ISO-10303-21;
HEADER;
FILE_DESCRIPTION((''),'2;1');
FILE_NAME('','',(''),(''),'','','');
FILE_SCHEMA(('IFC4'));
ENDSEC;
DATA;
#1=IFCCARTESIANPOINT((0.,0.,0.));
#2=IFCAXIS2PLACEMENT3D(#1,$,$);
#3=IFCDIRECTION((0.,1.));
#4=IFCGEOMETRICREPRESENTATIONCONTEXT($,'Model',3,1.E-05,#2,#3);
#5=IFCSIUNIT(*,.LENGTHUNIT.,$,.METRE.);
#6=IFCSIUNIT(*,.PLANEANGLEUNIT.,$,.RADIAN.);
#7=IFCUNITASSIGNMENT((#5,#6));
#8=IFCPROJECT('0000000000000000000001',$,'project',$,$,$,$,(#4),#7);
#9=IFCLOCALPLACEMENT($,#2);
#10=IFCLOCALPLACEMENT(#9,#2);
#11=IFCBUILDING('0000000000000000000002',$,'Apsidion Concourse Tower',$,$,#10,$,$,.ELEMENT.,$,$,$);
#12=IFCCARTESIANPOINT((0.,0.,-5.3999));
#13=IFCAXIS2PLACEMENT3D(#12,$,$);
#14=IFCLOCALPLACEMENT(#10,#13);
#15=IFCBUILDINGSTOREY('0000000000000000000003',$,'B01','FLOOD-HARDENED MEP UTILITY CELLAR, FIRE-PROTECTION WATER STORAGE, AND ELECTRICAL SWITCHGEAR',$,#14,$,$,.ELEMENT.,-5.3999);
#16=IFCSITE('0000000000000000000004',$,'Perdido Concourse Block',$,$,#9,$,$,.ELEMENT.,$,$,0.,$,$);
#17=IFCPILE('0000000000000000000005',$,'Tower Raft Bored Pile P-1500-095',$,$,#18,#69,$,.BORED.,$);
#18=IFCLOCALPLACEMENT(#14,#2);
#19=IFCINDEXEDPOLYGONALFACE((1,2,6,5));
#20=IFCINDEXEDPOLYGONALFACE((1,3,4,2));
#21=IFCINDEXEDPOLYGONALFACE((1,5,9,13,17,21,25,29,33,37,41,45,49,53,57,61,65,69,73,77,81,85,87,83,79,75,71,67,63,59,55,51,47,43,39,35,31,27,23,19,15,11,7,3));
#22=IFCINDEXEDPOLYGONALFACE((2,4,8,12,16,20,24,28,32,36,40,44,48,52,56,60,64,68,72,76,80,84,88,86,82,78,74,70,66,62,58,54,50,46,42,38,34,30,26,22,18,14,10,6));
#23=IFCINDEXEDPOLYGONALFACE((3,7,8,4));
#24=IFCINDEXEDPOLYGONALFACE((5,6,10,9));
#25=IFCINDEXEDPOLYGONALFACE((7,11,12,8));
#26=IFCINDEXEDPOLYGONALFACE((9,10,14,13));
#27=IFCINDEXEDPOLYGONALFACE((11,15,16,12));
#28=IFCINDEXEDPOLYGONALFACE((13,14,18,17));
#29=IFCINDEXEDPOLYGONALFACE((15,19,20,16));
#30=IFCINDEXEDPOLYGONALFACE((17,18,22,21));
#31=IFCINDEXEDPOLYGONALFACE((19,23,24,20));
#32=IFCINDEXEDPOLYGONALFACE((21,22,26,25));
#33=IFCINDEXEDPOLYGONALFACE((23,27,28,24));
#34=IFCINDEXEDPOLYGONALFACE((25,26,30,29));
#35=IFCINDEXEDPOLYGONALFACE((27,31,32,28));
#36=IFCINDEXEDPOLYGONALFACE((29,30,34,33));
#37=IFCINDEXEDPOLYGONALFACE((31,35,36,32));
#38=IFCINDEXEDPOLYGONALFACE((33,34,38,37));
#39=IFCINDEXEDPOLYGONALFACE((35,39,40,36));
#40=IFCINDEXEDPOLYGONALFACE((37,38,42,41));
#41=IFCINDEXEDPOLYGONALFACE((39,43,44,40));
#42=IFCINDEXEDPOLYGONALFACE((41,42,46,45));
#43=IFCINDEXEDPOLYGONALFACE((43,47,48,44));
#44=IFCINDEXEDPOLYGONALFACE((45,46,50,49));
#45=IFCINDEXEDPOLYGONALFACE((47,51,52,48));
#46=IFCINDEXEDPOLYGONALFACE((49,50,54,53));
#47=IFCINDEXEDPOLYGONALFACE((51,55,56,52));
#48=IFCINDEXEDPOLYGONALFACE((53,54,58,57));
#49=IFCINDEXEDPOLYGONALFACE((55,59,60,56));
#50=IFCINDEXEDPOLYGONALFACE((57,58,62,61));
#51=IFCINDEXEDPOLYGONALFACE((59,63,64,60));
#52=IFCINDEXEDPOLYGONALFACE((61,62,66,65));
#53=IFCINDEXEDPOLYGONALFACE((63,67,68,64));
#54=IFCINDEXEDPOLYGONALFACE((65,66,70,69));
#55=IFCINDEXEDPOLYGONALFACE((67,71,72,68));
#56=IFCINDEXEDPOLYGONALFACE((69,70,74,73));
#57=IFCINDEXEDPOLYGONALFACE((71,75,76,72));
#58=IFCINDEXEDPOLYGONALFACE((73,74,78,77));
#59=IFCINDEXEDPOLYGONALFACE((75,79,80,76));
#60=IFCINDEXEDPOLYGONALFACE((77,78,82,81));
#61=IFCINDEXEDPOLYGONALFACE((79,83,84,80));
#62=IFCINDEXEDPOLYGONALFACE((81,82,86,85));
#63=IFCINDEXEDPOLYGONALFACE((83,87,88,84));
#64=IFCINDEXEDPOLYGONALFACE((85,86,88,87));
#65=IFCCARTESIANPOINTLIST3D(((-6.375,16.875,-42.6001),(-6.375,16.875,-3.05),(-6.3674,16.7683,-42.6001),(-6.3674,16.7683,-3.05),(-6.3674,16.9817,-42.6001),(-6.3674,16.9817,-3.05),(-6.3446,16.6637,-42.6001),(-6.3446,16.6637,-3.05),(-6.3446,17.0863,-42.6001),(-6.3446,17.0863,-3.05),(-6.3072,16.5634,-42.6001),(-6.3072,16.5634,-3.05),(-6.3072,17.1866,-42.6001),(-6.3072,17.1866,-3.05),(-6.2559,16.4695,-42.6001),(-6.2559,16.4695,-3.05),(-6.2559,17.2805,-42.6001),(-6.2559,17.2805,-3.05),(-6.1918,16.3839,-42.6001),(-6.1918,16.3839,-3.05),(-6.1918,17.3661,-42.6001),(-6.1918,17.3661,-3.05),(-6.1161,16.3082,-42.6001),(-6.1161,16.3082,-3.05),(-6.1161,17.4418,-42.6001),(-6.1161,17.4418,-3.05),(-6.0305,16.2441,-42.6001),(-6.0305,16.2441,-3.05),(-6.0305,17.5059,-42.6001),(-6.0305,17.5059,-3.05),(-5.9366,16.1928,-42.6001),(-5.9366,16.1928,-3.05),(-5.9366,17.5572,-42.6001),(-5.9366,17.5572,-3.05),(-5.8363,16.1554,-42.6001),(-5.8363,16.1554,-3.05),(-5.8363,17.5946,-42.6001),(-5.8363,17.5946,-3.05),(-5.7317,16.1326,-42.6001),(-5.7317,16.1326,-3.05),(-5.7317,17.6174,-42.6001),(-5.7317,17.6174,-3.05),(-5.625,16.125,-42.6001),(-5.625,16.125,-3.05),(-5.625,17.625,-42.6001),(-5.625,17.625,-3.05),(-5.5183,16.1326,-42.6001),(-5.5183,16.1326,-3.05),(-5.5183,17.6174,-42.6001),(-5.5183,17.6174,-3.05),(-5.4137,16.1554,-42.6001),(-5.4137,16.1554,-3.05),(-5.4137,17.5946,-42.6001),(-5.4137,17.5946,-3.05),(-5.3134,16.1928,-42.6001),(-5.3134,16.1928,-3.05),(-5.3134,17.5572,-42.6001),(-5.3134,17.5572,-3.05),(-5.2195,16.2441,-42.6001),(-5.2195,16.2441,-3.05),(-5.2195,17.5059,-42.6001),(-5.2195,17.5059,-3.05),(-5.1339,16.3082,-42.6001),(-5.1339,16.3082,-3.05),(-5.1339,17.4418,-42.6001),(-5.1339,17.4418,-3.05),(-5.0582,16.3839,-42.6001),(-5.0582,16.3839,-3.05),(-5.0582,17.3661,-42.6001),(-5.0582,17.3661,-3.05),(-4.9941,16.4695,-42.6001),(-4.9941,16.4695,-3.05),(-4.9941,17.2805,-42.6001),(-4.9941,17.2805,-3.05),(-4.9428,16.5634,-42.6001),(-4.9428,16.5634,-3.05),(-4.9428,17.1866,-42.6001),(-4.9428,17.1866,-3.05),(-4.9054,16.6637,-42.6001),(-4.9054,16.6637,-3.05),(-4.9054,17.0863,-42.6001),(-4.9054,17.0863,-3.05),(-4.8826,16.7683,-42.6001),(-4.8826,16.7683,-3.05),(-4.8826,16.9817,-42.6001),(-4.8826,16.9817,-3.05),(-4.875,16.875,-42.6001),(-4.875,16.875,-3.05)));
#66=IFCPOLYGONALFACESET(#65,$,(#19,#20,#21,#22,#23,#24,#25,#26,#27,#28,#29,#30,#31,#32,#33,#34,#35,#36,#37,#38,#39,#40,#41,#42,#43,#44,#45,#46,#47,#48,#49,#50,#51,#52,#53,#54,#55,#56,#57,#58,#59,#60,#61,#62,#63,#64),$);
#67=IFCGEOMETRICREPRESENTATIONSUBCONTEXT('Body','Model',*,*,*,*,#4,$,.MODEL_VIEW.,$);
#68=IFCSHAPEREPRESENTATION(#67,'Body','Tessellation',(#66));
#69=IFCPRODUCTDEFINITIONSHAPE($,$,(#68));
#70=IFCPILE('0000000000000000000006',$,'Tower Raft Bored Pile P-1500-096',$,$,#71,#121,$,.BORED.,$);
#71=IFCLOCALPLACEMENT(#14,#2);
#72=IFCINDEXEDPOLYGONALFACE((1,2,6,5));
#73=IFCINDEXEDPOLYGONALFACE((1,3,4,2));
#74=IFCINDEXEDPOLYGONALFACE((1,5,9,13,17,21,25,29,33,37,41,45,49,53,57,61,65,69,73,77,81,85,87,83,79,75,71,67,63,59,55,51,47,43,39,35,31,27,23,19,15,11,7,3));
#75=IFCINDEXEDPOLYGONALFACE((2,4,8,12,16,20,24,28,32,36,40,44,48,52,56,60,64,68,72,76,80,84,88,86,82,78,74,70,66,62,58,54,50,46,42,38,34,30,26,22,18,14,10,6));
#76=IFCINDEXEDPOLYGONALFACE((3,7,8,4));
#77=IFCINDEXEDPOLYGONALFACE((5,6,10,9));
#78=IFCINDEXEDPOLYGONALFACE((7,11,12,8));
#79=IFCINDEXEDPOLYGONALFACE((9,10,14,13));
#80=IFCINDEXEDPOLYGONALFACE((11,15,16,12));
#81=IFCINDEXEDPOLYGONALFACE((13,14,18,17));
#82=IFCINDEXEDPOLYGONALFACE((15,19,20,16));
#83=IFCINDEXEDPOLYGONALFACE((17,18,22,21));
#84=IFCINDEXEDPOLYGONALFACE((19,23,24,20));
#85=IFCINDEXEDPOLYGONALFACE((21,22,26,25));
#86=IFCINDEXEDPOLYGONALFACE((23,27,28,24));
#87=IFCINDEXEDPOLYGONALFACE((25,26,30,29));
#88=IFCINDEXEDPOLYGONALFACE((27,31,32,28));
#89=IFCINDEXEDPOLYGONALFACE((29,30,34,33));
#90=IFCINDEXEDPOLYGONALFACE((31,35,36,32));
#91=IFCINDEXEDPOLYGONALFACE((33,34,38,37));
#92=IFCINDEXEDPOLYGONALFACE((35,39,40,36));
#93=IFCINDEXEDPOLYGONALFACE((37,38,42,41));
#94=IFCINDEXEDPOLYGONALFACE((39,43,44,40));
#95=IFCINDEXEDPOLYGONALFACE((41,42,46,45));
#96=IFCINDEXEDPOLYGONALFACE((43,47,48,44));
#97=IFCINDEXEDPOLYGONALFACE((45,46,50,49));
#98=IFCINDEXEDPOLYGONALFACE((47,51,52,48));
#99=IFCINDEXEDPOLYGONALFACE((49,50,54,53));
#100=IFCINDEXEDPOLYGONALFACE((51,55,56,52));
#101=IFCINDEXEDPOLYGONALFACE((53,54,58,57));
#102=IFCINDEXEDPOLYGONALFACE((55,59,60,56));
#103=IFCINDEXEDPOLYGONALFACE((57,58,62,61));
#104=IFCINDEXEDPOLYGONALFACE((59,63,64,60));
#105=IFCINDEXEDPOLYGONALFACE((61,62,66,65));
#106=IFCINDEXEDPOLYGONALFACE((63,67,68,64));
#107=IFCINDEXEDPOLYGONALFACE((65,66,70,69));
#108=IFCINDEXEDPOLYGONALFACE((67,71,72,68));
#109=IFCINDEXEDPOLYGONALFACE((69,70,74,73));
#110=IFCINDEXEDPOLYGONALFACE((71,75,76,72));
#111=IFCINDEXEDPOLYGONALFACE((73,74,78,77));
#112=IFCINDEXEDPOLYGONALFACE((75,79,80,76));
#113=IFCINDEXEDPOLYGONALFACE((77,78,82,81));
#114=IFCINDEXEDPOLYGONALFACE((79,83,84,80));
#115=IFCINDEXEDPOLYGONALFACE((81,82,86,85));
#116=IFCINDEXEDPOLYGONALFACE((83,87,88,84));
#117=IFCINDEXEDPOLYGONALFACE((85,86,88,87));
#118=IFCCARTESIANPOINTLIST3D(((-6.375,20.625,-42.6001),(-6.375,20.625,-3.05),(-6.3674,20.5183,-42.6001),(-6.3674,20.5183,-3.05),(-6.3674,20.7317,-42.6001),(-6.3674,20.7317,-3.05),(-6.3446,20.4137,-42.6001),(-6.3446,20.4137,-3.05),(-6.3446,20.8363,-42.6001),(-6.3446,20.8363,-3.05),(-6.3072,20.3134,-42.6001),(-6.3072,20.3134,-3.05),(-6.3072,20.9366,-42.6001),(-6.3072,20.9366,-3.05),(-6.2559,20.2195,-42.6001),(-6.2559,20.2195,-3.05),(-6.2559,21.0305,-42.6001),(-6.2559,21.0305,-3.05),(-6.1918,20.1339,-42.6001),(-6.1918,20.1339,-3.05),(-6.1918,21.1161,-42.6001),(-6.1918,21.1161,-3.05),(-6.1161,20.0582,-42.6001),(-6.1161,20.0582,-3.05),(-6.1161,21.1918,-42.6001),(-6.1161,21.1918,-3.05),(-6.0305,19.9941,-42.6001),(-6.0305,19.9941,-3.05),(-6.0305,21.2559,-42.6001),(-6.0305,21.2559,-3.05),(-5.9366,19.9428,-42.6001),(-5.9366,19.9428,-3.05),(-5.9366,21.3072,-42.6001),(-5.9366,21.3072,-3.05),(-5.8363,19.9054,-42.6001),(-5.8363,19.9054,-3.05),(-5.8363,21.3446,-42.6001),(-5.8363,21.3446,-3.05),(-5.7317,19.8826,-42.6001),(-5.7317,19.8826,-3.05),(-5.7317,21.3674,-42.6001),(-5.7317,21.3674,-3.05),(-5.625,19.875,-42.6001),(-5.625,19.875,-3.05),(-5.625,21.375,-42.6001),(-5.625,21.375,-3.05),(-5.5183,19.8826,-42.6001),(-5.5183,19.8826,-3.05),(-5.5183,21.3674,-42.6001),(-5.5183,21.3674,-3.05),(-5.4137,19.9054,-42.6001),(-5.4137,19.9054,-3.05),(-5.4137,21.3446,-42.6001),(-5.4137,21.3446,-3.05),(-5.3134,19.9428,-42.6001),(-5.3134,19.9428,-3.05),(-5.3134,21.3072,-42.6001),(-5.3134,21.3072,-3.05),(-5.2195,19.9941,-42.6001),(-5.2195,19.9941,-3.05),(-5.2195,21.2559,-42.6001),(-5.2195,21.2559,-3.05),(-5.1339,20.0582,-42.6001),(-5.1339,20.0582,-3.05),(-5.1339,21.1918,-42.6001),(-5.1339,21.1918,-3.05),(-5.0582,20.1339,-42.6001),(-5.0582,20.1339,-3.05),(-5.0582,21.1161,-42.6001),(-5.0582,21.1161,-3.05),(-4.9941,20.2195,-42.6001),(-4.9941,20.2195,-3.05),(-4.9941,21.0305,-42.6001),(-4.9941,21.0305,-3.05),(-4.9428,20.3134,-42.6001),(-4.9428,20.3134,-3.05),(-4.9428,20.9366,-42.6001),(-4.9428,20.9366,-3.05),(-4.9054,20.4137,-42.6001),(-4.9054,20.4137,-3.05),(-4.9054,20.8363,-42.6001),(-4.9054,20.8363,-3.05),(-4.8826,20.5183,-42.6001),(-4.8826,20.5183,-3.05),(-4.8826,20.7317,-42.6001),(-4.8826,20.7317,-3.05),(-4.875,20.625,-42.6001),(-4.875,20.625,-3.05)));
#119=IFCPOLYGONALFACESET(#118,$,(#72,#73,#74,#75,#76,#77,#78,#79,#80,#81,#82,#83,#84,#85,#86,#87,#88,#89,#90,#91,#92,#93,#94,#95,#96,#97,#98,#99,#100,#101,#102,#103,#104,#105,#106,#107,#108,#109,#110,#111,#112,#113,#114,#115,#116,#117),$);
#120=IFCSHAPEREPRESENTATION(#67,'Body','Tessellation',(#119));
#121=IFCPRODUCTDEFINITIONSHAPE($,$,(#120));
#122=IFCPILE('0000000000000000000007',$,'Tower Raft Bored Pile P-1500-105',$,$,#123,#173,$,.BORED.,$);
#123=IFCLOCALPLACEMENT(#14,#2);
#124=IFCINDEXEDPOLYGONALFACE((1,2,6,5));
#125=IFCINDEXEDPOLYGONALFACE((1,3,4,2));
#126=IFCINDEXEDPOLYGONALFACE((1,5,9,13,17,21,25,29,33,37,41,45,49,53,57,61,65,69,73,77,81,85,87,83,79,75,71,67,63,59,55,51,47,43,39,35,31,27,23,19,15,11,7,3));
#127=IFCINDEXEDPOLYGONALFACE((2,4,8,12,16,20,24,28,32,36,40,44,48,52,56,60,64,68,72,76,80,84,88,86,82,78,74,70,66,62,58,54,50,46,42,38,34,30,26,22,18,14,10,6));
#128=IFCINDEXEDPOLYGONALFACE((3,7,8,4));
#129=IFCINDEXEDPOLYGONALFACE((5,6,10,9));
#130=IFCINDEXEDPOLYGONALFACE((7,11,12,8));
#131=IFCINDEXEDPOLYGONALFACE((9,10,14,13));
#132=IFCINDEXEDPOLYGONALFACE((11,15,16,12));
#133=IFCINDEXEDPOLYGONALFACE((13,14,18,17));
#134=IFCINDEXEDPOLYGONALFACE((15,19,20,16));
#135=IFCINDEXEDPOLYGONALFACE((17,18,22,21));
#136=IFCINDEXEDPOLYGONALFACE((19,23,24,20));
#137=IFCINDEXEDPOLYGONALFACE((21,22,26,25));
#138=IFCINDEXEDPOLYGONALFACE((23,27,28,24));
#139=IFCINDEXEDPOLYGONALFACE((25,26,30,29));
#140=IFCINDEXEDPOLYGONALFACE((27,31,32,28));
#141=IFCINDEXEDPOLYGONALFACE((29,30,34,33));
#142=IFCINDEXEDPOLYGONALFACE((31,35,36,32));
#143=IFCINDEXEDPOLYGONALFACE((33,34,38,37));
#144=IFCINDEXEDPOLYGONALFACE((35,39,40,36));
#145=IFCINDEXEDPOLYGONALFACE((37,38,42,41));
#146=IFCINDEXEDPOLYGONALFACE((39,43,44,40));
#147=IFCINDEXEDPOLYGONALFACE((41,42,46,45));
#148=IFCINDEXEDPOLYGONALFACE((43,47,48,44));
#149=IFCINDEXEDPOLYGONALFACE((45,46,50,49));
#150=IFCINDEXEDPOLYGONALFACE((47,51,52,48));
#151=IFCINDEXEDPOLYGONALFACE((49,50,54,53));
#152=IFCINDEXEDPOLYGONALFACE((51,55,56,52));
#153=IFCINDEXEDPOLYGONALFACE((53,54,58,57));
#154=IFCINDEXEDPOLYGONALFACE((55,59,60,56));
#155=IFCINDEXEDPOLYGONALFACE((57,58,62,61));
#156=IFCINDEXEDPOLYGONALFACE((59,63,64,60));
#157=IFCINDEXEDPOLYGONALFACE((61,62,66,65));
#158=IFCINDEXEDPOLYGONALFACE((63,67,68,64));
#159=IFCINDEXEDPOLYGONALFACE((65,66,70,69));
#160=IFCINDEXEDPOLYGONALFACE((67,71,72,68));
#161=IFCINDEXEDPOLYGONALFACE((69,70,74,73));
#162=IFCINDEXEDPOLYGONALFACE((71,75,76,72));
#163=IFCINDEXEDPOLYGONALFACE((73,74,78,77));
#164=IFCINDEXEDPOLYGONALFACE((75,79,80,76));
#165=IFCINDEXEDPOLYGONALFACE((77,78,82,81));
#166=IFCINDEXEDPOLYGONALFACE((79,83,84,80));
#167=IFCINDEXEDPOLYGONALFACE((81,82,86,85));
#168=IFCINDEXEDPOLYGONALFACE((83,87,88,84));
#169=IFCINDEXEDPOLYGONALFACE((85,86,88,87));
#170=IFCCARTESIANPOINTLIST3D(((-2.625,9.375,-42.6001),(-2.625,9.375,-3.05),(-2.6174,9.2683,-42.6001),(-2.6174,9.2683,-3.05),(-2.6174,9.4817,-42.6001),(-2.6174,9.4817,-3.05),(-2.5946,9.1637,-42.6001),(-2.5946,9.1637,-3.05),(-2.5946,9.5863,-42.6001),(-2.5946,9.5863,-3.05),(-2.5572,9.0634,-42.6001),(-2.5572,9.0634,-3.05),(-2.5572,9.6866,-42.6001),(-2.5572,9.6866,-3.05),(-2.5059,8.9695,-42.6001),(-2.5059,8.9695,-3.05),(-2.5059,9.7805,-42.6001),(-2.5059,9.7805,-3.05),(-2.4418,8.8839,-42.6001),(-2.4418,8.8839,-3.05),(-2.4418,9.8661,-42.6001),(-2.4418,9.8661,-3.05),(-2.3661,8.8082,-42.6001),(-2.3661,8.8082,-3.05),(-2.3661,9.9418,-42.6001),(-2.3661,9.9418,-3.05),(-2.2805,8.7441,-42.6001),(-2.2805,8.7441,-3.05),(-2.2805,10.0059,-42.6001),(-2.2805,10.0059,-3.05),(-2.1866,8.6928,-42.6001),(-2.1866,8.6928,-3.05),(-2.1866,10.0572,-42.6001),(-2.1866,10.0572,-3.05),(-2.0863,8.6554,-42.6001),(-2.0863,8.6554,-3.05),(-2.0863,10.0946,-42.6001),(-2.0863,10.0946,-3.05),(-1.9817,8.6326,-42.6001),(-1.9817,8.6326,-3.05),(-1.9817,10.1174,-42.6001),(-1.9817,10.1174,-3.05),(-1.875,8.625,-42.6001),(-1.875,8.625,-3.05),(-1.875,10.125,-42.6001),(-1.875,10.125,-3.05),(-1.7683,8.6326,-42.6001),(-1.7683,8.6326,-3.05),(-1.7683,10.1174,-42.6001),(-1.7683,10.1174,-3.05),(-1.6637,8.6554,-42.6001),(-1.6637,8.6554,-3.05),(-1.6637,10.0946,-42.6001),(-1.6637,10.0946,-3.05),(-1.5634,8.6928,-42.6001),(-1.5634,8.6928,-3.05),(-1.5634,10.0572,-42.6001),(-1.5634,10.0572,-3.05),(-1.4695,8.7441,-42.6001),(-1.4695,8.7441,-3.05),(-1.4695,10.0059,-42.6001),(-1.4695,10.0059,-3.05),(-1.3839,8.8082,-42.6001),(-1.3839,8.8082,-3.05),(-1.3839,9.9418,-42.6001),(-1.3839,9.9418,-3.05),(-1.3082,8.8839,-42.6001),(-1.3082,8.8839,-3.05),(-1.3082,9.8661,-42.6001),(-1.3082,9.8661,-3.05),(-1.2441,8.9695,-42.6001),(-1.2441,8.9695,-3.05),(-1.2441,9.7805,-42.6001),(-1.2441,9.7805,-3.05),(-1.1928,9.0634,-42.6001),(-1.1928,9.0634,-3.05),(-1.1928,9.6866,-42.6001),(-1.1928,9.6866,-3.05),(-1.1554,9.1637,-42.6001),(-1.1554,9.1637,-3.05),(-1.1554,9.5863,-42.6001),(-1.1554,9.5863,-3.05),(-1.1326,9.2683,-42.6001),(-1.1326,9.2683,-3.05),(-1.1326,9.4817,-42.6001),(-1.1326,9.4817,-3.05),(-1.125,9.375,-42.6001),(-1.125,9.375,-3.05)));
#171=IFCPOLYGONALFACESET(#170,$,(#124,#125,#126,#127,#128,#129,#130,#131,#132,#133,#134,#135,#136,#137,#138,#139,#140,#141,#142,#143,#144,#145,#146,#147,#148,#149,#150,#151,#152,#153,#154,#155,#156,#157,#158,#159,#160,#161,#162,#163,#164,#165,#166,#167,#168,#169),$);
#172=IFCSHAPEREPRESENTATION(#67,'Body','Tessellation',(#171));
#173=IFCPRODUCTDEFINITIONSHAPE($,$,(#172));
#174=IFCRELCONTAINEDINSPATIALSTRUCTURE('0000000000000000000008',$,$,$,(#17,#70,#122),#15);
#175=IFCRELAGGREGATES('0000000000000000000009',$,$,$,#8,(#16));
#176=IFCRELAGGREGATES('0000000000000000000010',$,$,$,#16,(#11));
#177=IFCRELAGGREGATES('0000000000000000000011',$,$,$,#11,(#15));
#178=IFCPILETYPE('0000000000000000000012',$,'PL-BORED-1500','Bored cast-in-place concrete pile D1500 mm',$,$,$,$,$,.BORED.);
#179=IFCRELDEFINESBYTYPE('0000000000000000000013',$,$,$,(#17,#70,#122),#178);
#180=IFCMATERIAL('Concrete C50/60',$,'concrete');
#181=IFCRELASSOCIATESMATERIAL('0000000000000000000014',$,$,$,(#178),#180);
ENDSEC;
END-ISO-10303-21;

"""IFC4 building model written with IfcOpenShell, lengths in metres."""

from ifc_helpers import new_model, si_unit, direction, frame, origin, origin_2d, place, context, subcontext, project, spatial, circle, extrude, material, material_profile, profile_set, type_object, element, save


model = new_model("IFC4")

# Units and contexts
model_context = context("Model", 3, precision=1e-05, world=origin(), true_north=direction((0.0, 1.0)))
body_context = subcontext(model_context, "Body", "Model", "MODEL_VIEW")
ifc_project = project(units=[si_unit("LENGTHUNIT", "METRE"), si_unit("PLANEANGLEUNIT", "RADIAN")], contexts=[model_context])

# Site, building, storey
site_placement = place(None, origin())
site = spatial("IfcSite", under=ifc_project, at=site_placement, Name="Perdido Concourse Block", CompositionType="ELEMENT", RefElevation=0.0)
building_placement = place(site_placement, origin())
building = spatial("IfcBuilding", under=site, at=building_placement, Name="Apsidion Concourse Tower", CompositionType="ELEMENT")
storey_placement = place(building_placement, frame((0.0, 0.0, -5.3999)))
storey = spatial("IfcBuildingStorey", under=building, at=storey_placement, Name="B01", Description="FLOOD-HARDENED MEP UTILITY CELLAR, FIRE-PROTECTION WATER STORAGE, AND ELECTRICAL SWITCHGEAR", CompositionType="ELEMENT", Elevation=-5.3999)

# Shared definitions
ifc_material_1 = material(Name="Concrete C50/60", Category="concrete")

# Piles
ifc_material_profile_1 = material_profile(ifc_material_1, circle(Radius=0.75, at=origin_2d()), Name="BORED PILE D1500")
ifc_profile_set_1 = profile_set([ifc_material_profile_1], Name="Concrete C50/60")
pile_type_1 = type_object("IfcPileType", Name="PL-BORED-1500", Description="Bored cast-in-place concrete pile D1500 mm", PredefinedType="BORED", material=ifc_profile_set_1)
for number, where, z_axis, x_axis, name in (
    (1, (-5.625, 16.875, -3.05), (0.0, 0.0, -1.0), (1.0, 0.0, 0.0), "Tower Raft Bored Pile P-1500-095"),
    (2, (-5.625, 20.625, -3.05), (0.0, 0.0, -1.0), (1.0, 0.0, 0.0), "Tower Raft Bored Pile P-1500-096"),
    (3, (-1.875, 9.375, -3.05), (0.0, 0.0, -1.0), (1.0, 0.0, 0.0), "Tower Raft Bored Pile P-1500-105"),
):
    element("IfcPile", number, at=place(storey_placement, frame(where, z_axis=z_axis, x_axis=x_axis)), inside=storey, type_object=pile_type_1, Name=name, PredefinedType="BORED", context=body_context, shape_type="SweptSolid", body=[
        extrude(circle(Radius=0.75, at=origin_2d()), origin(), (0.0, 0.0, 1.0), 39.55),
    ])

save(model, "model.ifc")
